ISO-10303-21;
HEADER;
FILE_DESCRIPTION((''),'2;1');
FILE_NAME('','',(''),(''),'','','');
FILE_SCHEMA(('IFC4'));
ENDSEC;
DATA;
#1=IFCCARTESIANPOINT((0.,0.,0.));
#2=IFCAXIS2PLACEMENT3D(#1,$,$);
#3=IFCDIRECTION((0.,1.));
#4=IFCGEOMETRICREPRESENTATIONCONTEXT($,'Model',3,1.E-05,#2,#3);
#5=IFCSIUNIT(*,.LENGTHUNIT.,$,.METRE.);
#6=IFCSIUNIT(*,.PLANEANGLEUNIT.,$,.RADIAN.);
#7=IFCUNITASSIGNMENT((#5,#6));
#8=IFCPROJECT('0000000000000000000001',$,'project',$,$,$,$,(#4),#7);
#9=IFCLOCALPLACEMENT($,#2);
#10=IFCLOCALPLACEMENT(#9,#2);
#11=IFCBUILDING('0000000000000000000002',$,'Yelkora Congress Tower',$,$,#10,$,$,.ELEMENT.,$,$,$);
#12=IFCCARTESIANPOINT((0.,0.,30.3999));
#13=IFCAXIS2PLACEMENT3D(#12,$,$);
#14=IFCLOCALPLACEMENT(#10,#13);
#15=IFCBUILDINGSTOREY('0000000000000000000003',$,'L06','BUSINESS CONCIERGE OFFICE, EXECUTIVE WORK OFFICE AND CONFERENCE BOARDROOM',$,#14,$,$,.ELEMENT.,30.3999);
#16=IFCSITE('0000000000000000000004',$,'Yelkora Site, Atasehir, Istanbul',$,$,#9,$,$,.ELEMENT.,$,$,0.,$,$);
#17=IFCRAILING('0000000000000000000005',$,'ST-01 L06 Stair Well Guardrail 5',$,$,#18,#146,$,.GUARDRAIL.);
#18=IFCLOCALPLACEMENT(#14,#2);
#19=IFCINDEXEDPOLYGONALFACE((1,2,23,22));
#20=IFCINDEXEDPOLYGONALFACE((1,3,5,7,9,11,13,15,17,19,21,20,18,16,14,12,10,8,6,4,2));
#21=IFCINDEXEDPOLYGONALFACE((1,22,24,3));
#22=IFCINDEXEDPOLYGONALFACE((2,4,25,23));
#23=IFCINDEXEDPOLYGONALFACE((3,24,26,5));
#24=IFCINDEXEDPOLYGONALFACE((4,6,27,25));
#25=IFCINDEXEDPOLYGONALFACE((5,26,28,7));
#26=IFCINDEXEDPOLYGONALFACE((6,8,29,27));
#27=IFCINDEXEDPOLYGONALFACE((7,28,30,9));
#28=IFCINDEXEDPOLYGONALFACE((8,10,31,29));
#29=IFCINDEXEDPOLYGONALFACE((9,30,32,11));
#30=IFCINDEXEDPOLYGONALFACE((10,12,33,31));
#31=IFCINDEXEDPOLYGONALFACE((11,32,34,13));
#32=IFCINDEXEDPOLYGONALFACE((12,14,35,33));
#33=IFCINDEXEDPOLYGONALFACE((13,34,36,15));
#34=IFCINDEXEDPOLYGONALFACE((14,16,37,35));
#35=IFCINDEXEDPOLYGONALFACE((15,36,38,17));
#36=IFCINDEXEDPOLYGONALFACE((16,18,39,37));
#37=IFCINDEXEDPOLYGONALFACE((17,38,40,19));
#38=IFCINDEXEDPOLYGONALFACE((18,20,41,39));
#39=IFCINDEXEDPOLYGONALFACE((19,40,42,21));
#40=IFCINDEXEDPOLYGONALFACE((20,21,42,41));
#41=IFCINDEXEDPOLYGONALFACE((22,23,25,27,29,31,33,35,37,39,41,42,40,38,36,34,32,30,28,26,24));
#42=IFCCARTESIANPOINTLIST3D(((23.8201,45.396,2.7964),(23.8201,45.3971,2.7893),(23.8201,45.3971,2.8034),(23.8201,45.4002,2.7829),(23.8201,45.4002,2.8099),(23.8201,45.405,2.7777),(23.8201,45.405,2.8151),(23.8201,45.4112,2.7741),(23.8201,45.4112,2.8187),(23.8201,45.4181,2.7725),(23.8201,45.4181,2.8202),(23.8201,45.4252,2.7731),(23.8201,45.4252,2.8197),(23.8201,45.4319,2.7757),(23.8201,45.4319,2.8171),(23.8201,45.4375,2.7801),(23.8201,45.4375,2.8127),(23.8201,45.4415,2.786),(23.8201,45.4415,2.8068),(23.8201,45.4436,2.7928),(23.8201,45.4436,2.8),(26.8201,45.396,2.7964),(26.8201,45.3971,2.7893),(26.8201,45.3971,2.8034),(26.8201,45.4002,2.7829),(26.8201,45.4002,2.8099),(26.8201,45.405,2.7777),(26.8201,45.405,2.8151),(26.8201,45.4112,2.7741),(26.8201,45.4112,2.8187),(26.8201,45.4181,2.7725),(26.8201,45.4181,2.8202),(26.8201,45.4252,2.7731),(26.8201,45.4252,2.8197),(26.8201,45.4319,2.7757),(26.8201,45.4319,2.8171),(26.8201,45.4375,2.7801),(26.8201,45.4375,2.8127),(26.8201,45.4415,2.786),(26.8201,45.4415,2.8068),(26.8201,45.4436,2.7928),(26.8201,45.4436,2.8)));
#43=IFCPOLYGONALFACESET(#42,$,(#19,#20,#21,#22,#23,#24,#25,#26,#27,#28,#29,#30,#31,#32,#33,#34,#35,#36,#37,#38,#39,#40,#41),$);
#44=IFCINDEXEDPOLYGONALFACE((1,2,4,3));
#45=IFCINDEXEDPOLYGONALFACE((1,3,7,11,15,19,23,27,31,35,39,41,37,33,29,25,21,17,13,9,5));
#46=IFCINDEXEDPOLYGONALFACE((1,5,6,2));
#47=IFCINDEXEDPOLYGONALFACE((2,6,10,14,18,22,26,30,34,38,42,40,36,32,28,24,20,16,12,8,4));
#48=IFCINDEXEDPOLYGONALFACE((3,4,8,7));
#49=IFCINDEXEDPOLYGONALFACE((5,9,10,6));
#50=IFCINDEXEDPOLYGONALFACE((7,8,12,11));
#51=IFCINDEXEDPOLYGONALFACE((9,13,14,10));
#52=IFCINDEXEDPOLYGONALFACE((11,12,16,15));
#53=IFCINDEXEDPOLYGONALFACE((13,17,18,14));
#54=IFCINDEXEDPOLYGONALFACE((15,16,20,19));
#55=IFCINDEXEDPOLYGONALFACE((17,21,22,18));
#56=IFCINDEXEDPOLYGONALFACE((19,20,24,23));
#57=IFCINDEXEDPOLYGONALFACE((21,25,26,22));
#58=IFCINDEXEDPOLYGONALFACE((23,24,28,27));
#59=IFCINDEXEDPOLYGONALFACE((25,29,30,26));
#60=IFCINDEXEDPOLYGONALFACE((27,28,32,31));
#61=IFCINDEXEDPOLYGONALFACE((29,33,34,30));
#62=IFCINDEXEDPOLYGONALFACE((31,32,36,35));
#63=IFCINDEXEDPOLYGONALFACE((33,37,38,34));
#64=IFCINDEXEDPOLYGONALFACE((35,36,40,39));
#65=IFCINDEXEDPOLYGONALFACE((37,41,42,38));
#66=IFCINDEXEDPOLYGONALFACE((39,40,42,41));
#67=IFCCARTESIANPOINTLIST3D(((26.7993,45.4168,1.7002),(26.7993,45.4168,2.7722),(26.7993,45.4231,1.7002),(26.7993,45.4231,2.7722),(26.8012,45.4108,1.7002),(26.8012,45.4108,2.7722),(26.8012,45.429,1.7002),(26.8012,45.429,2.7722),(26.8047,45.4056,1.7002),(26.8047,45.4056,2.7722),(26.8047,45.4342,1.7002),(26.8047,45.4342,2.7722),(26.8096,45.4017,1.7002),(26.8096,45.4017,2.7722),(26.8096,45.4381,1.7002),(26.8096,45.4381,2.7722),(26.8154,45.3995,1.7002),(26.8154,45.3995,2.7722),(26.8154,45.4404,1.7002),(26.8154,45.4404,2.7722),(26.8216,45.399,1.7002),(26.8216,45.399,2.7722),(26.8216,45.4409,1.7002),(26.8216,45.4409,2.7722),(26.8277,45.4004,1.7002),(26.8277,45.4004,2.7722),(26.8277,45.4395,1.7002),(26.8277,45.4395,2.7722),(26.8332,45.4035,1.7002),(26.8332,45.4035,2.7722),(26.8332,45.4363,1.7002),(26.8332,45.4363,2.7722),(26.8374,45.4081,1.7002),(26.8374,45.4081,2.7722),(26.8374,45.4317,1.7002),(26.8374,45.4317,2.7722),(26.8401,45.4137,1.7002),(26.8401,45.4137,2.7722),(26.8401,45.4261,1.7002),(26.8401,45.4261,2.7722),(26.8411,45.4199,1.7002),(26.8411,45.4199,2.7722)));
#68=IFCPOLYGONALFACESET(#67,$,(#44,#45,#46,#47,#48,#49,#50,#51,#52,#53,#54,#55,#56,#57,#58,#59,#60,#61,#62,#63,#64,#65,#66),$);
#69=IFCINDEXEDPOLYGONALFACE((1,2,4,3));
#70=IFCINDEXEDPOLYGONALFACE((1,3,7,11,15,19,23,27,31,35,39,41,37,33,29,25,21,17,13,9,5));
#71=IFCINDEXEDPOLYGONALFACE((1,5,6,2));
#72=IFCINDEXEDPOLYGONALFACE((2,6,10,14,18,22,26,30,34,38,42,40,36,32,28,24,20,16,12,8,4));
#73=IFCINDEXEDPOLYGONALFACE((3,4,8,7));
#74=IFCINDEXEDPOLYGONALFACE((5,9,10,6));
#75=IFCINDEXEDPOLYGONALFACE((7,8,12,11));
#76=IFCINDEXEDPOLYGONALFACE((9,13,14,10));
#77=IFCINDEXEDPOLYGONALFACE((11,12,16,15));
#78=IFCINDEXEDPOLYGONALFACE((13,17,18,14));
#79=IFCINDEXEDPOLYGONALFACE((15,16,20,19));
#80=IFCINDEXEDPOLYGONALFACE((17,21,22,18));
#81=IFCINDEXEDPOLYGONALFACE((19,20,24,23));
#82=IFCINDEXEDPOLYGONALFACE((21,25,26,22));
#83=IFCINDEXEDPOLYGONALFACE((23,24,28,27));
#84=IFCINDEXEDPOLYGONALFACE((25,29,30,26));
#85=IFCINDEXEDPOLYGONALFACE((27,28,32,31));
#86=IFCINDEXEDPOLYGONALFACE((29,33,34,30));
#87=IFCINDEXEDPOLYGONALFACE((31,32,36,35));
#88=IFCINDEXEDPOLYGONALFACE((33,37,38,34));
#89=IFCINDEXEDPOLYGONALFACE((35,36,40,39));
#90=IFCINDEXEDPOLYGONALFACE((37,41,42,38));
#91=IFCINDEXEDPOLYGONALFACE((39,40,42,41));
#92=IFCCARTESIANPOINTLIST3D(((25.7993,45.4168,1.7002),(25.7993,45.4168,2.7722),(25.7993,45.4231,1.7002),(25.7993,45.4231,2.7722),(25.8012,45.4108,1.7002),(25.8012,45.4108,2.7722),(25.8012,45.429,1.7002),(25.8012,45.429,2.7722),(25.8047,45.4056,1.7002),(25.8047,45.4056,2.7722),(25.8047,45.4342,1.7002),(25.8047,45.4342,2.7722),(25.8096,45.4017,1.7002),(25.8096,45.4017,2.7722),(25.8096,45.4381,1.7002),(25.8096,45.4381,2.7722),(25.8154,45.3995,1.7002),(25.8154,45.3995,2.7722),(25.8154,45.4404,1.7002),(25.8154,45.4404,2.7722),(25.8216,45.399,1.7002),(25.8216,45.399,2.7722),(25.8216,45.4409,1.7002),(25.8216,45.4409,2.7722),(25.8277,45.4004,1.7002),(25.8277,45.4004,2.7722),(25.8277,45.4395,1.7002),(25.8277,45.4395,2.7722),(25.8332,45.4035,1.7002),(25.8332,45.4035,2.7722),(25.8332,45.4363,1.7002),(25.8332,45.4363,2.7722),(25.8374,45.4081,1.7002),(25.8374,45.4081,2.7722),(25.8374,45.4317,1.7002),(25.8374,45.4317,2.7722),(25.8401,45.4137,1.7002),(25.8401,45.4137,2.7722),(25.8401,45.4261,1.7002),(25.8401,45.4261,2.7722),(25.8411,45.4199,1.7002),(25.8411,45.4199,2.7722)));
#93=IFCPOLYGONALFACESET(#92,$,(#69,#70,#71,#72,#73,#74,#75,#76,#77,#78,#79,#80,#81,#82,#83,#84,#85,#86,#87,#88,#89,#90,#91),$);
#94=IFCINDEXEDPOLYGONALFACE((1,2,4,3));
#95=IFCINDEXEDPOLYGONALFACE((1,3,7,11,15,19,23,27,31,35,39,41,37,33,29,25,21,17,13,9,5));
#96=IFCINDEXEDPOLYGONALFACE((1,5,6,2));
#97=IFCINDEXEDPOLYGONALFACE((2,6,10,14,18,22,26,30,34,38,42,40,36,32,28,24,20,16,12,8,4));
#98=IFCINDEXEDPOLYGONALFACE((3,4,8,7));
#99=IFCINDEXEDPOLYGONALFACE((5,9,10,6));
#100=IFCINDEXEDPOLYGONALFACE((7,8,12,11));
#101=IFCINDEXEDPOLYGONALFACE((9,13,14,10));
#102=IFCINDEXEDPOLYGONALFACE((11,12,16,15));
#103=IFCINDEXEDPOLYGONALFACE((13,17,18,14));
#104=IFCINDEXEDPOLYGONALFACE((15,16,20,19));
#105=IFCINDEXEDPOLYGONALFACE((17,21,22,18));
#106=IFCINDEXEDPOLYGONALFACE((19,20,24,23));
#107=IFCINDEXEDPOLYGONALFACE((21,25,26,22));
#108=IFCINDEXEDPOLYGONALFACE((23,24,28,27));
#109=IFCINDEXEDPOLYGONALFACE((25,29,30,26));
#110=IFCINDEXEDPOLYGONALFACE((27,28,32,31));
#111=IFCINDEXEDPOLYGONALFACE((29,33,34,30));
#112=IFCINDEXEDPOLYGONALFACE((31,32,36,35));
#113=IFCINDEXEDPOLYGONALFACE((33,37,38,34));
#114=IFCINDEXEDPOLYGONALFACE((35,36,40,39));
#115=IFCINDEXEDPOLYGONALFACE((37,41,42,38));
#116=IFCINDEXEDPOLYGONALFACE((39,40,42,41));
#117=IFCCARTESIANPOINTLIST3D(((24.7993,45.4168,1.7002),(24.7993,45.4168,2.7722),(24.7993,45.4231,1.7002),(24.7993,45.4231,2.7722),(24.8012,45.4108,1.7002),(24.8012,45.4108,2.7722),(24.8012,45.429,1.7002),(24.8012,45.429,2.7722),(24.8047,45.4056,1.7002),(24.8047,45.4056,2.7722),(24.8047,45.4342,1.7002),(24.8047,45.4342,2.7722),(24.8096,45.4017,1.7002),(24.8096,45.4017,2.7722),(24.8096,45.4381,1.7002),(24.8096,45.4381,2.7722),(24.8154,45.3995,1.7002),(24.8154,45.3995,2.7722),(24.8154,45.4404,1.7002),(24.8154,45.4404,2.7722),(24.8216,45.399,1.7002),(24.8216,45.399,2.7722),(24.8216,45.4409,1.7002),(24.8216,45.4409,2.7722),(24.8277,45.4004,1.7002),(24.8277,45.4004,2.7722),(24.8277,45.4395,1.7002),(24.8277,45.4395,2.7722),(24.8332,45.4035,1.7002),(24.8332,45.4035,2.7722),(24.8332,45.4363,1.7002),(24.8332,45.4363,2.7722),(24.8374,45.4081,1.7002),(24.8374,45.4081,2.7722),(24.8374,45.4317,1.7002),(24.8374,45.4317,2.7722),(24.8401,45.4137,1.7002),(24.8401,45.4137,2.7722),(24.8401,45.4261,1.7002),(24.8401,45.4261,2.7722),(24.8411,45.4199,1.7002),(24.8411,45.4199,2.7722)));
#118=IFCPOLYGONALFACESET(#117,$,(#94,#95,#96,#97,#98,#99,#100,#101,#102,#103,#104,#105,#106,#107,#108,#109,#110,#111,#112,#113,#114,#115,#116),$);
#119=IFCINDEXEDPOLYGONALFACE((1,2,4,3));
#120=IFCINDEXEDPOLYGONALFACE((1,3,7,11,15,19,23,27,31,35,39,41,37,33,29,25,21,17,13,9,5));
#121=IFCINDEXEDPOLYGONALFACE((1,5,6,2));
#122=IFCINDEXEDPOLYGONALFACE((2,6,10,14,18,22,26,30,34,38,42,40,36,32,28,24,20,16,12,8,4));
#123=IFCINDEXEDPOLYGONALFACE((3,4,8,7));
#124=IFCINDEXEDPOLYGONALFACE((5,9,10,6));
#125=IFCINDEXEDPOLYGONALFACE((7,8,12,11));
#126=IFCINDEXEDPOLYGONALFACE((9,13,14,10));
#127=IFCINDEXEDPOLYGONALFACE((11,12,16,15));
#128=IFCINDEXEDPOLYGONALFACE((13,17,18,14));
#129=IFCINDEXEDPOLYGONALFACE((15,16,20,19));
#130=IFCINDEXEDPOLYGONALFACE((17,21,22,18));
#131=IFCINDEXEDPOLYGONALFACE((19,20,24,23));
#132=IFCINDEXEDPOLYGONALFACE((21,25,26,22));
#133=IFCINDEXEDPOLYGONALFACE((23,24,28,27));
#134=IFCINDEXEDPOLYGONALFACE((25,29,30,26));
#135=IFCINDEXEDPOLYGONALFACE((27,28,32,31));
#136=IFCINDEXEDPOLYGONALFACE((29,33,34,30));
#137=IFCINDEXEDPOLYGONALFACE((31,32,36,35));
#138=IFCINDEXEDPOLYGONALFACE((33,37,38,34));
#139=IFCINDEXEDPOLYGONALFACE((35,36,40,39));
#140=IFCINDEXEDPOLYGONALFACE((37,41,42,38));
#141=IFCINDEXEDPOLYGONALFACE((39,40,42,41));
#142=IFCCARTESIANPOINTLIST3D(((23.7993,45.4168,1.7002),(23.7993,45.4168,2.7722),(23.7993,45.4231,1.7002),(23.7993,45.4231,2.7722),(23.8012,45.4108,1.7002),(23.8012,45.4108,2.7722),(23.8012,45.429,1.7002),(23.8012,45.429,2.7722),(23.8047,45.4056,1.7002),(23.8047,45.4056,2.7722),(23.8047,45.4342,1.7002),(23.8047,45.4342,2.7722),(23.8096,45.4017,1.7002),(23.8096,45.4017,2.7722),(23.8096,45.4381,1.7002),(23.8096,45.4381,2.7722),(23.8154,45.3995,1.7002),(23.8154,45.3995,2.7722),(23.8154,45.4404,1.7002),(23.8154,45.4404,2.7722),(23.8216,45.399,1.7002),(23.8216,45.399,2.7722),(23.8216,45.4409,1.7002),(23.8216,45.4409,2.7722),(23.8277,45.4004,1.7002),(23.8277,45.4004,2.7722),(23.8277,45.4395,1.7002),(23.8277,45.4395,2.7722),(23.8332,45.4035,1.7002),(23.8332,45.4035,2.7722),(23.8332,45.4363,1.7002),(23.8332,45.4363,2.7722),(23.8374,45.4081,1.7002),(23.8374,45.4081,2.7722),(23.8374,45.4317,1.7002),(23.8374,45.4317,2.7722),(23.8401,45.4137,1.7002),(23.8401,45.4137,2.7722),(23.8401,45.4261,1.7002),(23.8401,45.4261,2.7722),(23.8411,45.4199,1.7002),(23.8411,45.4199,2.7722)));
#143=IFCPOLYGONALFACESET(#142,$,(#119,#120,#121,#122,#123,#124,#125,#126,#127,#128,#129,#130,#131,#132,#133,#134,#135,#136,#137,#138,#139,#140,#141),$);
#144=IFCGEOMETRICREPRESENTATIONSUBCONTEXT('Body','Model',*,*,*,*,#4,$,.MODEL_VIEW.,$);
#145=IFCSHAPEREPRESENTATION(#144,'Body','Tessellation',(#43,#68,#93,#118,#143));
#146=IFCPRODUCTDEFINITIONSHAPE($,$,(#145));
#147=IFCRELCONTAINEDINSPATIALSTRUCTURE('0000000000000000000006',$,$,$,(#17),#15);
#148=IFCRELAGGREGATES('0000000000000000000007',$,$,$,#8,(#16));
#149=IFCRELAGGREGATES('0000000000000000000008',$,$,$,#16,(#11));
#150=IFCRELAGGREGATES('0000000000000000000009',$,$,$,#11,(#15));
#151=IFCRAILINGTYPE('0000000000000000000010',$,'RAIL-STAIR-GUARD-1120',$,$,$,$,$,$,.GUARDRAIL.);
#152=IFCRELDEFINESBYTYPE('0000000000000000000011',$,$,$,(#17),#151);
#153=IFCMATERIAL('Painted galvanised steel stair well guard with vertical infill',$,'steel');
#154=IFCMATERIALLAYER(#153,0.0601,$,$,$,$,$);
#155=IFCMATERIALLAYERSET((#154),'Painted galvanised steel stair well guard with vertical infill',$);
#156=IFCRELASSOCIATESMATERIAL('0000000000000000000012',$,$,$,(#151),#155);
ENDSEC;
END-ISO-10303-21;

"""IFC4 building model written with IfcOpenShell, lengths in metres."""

from ifc_helpers import new_model, si_unit, direction, frame, origin, origin_2d, place, context, subcontext, project, spatial, circle, extrude, material, layer, layer_set, type_object, element, save


model = new_model("IFC4")

# Units and contexts
model_context = context("Model", 3, precision=1e-05, world=origin(), true_north=direction((0.0, 1.0)))
body_context = subcontext(model_context, "Body", "Model", "MODEL_VIEW")
ifc_project = project(units=[si_unit("LENGTHUNIT", "METRE"), si_unit("PLANEANGLEUNIT", "RADIAN")], contexts=[model_context])

# Site, building, storey
site_placement = place(None, origin())
site = spatial("IfcSite", under=ifc_project, at=site_placement, Name="Yelkora Site, Atasehir, Istanbul", CompositionType="ELEMENT", RefElevation=0.0)
building_placement = place(site_placement, origin())
building = spatial("IfcBuilding", under=site, at=building_placement, Name="Yelkora Congress Tower", CompositionType="ELEMENT")
storey_placement = place(building_placement, frame((0.0, 0.0, 30.3999)))
storey = spatial("IfcBuildingStorey", under=building, at=storey_placement, Name="L06", Description="BUSINESS CONCIERGE OFFICE, EXECUTIVE WORK OFFICE AND CONFERENCE BOARDROOM", CompositionType="ELEMENT", Elevation=30.3999)

# Railing
ifc_material_1 = material(Name="Painted galvanised steel stair well guard with vertical infill", Category="steel")
ifc_layer_1 = layer(ifc_material_1, 0.0601)
ifc_layer_set_1 = layer_set([ifc_layer_1], Name="Painted galvanised steel stair well guard with vertical infill")
railing_type = type_object("IfcRailingType", Name="RAIL-STAIR-GUARD-1120", PredefinedType="GUARDRAIL", material=ifc_layer_set_1)
railing_1_placement = place(storey_placement, frame((26.8201, 45.4199, 1.7002)))
element("IfcRailing", 1, at=railing_1_placement, inside=storey, type_object=railing_type, Name="ST-01 L06 Stair Well Guardrail 5", PredefinedType="GUARDRAIL", context=body_context, shape_type="SweptSolid", body=[
    extrude(circle(Radius=0.0239, at=origin_2d()), frame((0.0, 0.0, 1.0962), z_axis=(-1.0, 0.0, 0.0), x_axis=(0.0, -1.0, 0.0)), (0.0, 0.0, 1.0), 3.0),
    extrude(circle(Radius=0.021, at=origin_2d()), origin(), (0.0, 0.0, 1.0), 1.072),
    extrude(circle(Radius=0.021, at=origin_2d()), frame((-1.0, 0.0, 0.0)), (0.0, 0.0, 1.0), 1.072),
    extrude(circle(Radius=0.021, at=origin_2d()), frame((-2.0, 0.0, 0.0)), (0.0, 0.0, 1.0), 1.072),
    extrude(circle(Radius=0.021, at=origin_2d()), frame((-3.0, 0.0, 0.0)), (0.0, 0.0, 1.0), 1.072),
])

save(model, "model.ifc")
